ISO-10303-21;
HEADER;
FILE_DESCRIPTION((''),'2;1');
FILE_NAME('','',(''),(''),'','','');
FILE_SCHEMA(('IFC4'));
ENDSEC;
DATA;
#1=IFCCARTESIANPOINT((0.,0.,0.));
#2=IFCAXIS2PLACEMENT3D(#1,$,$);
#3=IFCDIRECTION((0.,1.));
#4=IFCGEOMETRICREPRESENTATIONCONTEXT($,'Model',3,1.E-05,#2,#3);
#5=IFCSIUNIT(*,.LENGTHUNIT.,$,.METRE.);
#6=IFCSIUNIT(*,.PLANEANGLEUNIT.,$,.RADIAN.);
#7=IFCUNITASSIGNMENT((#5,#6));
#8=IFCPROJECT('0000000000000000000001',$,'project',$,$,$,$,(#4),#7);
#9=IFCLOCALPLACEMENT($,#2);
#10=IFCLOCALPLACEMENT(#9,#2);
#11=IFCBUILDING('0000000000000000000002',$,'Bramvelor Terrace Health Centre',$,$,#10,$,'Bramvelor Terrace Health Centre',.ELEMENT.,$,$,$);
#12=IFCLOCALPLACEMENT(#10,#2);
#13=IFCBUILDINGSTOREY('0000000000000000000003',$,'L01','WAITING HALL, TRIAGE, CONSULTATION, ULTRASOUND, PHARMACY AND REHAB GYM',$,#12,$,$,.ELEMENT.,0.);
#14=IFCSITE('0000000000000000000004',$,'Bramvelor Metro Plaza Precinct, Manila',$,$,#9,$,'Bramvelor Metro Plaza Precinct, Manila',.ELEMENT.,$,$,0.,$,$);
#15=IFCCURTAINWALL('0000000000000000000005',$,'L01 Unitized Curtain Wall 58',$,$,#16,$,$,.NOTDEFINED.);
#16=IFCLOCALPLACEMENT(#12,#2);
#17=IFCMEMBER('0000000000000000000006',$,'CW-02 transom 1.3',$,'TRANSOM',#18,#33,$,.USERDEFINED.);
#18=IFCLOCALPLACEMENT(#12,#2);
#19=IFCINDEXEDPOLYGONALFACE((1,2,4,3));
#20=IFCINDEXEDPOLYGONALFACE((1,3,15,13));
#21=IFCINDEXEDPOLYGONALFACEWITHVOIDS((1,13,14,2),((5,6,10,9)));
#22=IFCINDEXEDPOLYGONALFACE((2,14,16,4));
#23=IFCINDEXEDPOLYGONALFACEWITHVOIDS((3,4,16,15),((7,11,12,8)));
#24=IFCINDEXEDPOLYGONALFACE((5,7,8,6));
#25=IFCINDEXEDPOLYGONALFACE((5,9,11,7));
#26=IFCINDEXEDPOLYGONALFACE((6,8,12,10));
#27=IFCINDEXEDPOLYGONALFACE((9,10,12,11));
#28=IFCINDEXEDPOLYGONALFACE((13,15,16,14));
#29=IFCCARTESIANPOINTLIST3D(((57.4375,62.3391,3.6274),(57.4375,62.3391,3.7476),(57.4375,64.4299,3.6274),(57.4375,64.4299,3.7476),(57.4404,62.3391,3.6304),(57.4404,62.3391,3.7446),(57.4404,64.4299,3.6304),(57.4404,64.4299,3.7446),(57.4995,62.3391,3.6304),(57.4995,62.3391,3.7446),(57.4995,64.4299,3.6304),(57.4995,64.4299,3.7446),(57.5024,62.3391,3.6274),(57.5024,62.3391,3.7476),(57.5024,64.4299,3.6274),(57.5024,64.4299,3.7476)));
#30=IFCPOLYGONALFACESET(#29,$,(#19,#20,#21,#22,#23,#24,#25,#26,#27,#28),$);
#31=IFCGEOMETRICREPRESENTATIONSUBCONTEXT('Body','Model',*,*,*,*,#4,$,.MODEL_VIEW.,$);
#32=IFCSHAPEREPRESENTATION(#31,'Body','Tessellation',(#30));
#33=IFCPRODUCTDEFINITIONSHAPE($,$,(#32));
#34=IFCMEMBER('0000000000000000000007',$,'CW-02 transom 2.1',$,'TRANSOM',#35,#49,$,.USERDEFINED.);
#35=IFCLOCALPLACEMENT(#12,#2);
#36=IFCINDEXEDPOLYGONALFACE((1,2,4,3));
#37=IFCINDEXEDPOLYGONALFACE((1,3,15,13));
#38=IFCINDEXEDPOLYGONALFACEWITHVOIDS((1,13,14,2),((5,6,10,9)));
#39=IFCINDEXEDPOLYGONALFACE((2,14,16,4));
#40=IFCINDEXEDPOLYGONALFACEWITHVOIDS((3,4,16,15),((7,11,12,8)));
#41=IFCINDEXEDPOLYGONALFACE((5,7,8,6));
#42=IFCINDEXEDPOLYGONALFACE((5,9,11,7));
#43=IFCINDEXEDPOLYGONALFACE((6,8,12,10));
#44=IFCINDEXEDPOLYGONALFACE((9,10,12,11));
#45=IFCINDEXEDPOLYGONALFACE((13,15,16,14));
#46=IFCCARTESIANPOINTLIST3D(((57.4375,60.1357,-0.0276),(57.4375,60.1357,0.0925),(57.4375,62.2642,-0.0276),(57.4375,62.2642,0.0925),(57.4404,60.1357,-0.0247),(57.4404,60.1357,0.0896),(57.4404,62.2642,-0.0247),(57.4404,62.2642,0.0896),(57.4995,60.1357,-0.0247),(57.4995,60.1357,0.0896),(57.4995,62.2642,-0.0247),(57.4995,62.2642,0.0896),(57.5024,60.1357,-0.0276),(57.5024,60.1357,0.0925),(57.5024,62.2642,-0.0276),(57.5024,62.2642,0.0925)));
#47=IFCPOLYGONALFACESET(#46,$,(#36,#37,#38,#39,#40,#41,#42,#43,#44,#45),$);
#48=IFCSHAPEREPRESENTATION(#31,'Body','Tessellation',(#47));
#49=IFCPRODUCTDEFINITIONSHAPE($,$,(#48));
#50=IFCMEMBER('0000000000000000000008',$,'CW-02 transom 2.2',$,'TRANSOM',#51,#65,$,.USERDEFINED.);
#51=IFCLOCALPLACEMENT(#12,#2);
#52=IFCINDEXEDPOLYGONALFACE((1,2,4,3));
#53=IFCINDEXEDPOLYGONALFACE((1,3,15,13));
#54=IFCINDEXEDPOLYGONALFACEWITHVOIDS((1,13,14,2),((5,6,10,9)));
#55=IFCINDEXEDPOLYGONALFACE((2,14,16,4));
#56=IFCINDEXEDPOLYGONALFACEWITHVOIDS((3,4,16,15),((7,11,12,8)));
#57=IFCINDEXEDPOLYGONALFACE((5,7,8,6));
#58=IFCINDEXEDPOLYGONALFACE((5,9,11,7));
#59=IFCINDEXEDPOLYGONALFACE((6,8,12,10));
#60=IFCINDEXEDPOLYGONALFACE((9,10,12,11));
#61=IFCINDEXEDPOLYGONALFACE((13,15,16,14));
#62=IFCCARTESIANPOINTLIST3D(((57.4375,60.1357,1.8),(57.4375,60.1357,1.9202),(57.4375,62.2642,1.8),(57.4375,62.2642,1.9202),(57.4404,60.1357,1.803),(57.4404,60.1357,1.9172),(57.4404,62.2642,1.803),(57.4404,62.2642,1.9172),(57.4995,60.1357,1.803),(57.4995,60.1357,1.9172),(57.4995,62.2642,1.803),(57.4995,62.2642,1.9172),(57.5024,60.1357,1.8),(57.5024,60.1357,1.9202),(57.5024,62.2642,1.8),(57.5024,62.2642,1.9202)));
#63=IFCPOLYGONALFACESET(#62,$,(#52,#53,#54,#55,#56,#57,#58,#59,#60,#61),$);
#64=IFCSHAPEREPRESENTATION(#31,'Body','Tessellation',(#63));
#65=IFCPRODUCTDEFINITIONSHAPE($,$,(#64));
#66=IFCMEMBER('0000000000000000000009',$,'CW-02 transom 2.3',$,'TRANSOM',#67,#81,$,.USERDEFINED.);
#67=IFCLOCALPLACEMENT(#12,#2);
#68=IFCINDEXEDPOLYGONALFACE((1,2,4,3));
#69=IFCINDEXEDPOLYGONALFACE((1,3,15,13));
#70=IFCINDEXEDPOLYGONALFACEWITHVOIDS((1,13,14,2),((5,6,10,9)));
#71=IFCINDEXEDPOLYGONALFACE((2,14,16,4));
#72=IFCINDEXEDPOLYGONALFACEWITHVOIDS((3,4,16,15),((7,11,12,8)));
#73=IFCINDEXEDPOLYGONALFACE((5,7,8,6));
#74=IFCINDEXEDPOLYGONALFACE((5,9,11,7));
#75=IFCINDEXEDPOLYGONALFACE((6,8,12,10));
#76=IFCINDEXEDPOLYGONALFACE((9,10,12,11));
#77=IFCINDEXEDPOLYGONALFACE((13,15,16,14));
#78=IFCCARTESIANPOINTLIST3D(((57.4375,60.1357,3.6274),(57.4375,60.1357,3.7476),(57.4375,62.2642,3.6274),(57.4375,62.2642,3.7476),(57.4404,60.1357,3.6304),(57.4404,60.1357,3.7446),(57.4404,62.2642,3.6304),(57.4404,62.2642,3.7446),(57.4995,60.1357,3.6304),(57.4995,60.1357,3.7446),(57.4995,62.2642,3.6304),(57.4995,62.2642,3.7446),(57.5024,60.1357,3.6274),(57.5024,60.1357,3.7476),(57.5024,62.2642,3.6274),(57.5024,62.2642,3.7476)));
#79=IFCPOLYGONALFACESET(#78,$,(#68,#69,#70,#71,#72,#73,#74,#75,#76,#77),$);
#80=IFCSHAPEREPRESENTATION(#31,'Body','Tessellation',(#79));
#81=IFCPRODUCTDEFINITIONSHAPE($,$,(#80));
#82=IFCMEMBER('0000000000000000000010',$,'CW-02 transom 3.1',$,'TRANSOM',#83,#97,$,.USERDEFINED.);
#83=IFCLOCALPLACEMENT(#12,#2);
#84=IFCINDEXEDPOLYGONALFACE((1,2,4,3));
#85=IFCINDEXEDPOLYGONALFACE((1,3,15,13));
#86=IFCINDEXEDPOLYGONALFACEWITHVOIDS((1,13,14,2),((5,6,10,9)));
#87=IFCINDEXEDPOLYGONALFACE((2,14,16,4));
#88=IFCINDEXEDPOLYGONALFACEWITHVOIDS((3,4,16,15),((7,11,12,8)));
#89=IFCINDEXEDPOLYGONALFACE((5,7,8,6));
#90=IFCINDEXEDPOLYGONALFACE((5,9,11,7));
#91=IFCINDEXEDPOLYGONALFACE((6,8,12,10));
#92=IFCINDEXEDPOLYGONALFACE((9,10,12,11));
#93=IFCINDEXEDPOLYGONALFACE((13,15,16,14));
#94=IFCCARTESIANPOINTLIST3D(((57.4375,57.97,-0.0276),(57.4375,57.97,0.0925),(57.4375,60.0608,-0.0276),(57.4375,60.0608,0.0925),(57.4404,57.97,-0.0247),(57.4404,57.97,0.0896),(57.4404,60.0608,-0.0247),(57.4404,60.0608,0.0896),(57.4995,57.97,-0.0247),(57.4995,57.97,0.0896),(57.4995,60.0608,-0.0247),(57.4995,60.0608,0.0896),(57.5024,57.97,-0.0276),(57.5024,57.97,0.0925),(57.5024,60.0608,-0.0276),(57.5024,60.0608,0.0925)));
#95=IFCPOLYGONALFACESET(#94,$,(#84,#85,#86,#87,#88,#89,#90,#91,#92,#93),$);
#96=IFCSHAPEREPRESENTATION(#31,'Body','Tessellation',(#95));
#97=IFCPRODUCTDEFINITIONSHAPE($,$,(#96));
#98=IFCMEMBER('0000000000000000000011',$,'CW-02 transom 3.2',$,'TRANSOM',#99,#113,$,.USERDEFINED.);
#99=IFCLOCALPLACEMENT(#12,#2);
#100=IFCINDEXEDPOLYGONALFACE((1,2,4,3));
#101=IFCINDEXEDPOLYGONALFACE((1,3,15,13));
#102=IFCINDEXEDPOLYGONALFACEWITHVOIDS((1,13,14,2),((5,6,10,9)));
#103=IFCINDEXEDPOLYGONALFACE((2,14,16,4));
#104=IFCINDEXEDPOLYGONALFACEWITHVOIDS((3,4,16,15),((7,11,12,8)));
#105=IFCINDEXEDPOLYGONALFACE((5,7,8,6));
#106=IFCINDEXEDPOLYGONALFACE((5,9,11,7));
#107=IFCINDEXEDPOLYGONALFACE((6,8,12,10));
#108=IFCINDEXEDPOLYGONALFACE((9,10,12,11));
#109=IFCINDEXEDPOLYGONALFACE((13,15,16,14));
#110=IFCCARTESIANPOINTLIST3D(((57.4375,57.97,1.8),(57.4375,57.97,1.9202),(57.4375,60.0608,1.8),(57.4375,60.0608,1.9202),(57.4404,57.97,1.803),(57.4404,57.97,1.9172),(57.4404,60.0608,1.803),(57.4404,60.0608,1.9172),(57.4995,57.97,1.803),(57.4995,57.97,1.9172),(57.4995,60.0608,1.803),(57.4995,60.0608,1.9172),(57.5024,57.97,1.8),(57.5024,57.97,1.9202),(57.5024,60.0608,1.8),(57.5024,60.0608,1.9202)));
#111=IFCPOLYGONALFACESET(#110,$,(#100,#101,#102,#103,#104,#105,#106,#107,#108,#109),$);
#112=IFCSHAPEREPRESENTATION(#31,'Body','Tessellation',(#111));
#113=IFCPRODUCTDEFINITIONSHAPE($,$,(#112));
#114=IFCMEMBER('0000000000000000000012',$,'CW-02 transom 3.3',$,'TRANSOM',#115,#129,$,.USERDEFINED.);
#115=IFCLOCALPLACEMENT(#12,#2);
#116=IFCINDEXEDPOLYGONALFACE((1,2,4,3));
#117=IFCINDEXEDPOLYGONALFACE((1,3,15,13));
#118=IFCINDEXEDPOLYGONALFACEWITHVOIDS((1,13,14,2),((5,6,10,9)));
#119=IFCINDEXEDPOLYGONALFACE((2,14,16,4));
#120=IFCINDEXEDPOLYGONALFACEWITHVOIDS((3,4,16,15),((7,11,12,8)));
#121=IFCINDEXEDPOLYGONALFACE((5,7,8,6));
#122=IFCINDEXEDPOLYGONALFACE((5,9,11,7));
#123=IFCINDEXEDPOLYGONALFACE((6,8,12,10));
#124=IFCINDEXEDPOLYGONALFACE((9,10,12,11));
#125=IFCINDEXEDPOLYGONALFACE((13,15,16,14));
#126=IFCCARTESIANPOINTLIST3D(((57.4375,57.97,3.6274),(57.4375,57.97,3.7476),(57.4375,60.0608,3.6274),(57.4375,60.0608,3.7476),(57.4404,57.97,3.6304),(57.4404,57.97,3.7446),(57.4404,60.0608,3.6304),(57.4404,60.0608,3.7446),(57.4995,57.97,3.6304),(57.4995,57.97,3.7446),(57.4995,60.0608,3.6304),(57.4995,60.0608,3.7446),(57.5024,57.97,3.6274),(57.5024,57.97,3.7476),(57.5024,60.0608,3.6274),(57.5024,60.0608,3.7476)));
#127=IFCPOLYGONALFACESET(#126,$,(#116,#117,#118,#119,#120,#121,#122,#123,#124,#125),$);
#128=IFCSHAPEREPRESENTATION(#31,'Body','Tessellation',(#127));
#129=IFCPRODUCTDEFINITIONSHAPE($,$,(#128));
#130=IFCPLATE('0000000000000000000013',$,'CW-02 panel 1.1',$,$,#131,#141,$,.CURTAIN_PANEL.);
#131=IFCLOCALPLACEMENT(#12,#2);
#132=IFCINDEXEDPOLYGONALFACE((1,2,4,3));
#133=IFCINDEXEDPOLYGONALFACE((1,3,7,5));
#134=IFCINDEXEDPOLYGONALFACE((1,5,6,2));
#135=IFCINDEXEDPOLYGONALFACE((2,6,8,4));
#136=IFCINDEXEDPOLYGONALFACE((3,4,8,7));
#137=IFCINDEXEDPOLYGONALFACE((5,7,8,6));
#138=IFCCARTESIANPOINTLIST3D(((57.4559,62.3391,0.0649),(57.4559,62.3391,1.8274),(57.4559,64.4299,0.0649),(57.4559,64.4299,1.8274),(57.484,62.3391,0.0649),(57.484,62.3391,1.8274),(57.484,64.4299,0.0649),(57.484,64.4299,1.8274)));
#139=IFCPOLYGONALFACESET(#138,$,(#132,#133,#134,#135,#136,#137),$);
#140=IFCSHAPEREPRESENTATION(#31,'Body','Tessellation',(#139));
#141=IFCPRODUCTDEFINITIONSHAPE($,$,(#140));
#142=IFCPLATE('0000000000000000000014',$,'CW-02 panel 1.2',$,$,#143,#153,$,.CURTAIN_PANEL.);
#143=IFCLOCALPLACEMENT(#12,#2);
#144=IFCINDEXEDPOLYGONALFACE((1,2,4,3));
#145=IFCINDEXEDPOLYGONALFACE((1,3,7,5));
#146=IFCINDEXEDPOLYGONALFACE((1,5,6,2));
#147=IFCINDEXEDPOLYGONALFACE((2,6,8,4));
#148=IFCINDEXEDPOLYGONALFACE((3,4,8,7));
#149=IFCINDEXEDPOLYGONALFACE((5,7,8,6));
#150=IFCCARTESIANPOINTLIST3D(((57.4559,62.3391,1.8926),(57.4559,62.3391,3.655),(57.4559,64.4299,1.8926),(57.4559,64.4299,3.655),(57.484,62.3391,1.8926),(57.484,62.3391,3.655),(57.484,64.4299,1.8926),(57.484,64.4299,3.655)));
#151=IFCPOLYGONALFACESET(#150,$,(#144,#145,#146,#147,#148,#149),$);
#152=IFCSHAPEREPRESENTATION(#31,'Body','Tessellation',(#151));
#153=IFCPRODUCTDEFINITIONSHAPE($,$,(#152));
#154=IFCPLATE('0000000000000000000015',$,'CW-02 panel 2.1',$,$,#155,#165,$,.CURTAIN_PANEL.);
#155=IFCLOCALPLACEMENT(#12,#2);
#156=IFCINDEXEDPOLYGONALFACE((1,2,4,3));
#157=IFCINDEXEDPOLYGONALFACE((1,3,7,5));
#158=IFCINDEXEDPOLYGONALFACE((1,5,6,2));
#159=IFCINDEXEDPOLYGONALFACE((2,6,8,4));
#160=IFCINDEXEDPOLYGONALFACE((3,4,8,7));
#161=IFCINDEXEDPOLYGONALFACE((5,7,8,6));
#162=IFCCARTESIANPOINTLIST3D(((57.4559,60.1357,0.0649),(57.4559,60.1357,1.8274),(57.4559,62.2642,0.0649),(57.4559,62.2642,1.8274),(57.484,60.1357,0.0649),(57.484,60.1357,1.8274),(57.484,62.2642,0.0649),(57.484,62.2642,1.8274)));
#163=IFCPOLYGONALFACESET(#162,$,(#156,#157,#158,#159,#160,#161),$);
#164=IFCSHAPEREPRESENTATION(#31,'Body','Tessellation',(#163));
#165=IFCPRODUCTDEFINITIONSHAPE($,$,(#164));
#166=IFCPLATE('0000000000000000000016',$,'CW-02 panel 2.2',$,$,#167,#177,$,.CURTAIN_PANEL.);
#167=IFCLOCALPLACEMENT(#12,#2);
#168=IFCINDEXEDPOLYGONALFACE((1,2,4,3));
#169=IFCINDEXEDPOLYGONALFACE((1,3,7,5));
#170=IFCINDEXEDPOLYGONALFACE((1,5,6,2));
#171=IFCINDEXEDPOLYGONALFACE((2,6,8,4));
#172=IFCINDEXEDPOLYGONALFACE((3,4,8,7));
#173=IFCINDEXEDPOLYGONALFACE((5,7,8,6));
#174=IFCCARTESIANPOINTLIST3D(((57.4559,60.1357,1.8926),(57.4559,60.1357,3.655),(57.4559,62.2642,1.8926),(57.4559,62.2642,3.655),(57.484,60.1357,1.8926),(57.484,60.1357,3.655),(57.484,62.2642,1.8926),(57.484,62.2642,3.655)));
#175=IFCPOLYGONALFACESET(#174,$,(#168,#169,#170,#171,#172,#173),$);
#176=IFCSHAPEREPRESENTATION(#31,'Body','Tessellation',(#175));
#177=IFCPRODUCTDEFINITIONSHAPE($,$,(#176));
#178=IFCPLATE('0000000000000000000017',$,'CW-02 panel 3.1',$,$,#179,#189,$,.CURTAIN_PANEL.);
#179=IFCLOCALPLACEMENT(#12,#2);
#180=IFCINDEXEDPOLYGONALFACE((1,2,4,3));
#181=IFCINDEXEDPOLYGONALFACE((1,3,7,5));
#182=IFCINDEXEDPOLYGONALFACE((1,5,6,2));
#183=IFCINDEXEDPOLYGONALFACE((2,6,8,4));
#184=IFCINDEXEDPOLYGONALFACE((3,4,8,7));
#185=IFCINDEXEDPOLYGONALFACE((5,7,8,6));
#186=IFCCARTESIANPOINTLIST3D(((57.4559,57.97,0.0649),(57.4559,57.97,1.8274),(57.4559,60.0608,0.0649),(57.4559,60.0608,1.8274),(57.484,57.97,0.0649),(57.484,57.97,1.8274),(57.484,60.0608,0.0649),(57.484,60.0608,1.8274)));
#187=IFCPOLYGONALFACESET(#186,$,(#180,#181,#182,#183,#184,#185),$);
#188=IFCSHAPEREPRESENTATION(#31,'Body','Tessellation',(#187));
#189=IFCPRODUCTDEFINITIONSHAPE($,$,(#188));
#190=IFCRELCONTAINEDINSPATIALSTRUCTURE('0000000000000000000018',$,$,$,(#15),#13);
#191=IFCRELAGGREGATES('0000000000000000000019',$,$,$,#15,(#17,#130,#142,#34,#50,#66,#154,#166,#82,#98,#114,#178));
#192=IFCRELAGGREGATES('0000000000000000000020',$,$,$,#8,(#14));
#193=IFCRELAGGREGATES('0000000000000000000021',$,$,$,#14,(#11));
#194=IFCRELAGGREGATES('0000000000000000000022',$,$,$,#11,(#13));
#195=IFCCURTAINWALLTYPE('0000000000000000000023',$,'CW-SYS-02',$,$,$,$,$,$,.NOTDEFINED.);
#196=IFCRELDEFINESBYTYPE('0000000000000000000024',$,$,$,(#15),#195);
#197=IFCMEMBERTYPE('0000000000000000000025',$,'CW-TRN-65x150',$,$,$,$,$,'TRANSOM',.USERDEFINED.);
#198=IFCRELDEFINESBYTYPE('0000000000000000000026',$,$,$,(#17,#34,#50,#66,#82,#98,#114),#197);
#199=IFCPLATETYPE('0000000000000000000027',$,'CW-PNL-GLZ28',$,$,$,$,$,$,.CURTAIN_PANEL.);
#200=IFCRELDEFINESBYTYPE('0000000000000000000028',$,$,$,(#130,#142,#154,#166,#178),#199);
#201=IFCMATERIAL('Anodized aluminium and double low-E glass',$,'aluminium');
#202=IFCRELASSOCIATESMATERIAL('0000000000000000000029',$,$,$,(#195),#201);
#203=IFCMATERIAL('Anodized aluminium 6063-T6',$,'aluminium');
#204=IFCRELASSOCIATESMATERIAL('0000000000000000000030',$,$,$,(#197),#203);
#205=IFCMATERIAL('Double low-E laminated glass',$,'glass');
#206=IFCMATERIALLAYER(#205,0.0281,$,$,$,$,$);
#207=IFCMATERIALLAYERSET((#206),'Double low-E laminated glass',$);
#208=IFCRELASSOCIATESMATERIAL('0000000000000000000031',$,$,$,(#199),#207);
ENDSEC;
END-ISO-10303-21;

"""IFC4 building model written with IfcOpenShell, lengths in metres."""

from ifc_helpers import new_model, si_unit, direction, frame, origin, origin_2d, place, context, subcontext, project, spatial, rectangle, hollow_rectangle, extrude, material, layer, layer_set, material_profile, profile_set, type_object, element, aggregate, save


model = new_model("IFC4")

# Units and contexts
model_context = context("Model", 3, precision=1e-05, world=origin(), true_north=direction((0.0, 1.0)))
body_context = subcontext(model_context, "Body", "Model", "MODEL_VIEW")
ifc_project = project(units=[si_unit("LENGTHUNIT", "METRE"), si_unit("PLANEANGLEUNIT", "RADIAN")], contexts=[model_context])

# Site, building, storey
site_placement = place(None, origin())
site = spatial("IfcSite", under=ifc_project, at=site_placement, Name="Bramvelor Metro Plaza Precinct, Manila", LongName="Bramvelor Metro Plaza Precinct, Manila", CompositionType="ELEMENT", RefElevation=0.0)
building_placement = place(site_placement, origin())
building = spatial("IfcBuilding", under=site, at=building_placement, Name="Bramvelor Terrace Health Centre", LongName="Bramvelor Terrace Health Centre", CompositionType="ELEMENT")
storey_placement = place(building_placement, origin())
storey = spatial("IfcBuildingStorey", under=building, at=storey_placement, Name="L01", Description="WAITING HALL, TRIAGE, CONSULTATION, ULTRASOUND, PHARMACY AND REHAB GYM", CompositionType="ELEMENT", Elevation=0.0)

# Curtain wall, members, plates
ifc_material_1 = material(Name="Anodized aluminium and double low-E glass", Category="aluminium")
curtain_wall_type = type_object("IfcCurtainWallType", Name="CW-SYS-02", PredefinedType="NOTDEFINED", material=ifc_material_1)
curtain_wall_placement = place(storey_placement, origin())
curtain_wall = element("IfcCurtainWall", 1, at=curtain_wall_placement, inside=storey, type_object=curtain_wall_type, Name="L01 Unitized Curtain Wall 58", PredefinedType="NOTDEFINED")
ifc_material_2 = material(Name="Anodized aluminium 6063-T6", Category="aluminium")
ifc_material_profile_1 = material_profile(ifc_material_2, hollow_rectangle(XDim=0.0649, YDim=0.1201, WallThickness=0.0029, at=origin_2d()), Name="ALU-TRN 65x120x3.0")
ifc_profile_set_1 = profile_set([ifc_material_profile_1], Name="Anodized aluminium 6063-T6")
member_type_1 = type_object("IfcMemberType", Name="CW-TRN-65x150", ElementType="TRANSOM", PredefinedType="USERDEFINED", material=ifc_profile_set_1)
member_1_placement = place(storey_placement, frame((57.47, 64.4299, 3.6875), z_axis=(0.0, -1.0, 0.0), x_axis=(1.0, 0.0, 0.0)))
member_1 = element("IfcMember", 2, at=member_1_placement, type_object=member_type_1, Name="CW-02 transom 1.3", ObjectType="TRANSOM", PredefinedType="USERDEFINED", context=body_context, shape_type="SweptSolid", body=[
    extrude(hollow_rectangle(XDim=0.0649, YDim=0.1201, WallThickness=0.0029, at=origin_2d()), origin(), (0.0, 0.0, 1.0), 2.0908),
])
member_2_placement = place(storey_placement, frame((57.47, 62.2642, 0.0325), z_axis=(0.0, -1.0, 0.0), x_axis=(1.0, 0.0, 0.0)))
member_2 = element("IfcMember", 3, at=member_2_placement, type_object=member_type_1, Name="CW-02 transom 2.1", ObjectType="TRANSOM", PredefinedType="USERDEFINED", context=body_context, shape_type="SweptSolid", body=[
    extrude(hollow_rectangle(XDim=0.0649, YDim=0.1201, WallThickness=0.0029, at=origin_2d()), origin(), (0.0, 0.0, 1.0), 2.1284),
])
member_3_placement = place(storey_placement, frame((57.47, 62.2642, 1.8601), z_axis=(0.0, -1.0, 0.0), x_axis=(1.0, 0.0, 0.0)))
member_3 = element("IfcMember", 4, at=member_3_placement, type_object=member_type_1, Name="CW-02 transom 2.2", ObjectType="TRANSOM", PredefinedType="USERDEFINED", context=body_context, shape_type="SweptSolid", body=[
    extrude(hollow_rectangle(XDim=0.0649, YDim=0.1201, WallThickness=0.0029, at=origin_2d()), origin(), (0.0, 0.0, 1.0), 2.1284),
])
member_4_placement = place(storey_placement, frame((57.47, 62.2642, 3.6875), z_axis=(0.0, -1.0, 0.0), x_axis=(1.0, 0.0, 0.0)))
member_4 = element("IfcMember", 5, at=member_4_placement, type_object=member_type_1, Name="CW-02 transom 2.3", ObjectType="TRANSOM", PredefinedType="USERDEFINED", context=body_context, shape_type="SweptSolid", body=[
    extrude(hollow_rectangle(XDim=0.0649, YDim=0.1201, WallThickness=0.0029, at=origin_2d()), origin(), (0.0, 0.0, 1.0), 2.1284),
])
member_5_placement = place(storey_placement, frame((57.47, 60.0608, 0.0325), z_axis=(0.0, -1.0, 0.0), x_axis=(1.0, 0.0, 0.0)))
member_5 = element("IfcMember", 6, at=member_5_placement, type_object=member_type_1, Name="CW-02 transom 3.1", ObjectType="TRANSOM", PredefinedType="USERDEFINED", context=body_context, shape_type="SweptSolid", body=[
    extrude(hollow_rectangle(XDim=0.0649, YDim=0.1201, WallThickness=0.0029, at=origin_2d()), origin(), (0.0, 0.0, 1.0), 2.0908),
])
member_6_placement = place(storey_placement, frame((57.47, 60.0608, 1.8601), z_axis=(0.0, -1.0, 0.0), x_axis=(1.0, 0.0, 0.0)))
member_6 = element("IfcMember", 7, at=member_6_placement, type_object=member_type_1, Name="CW-02 transom 3.2", ObjectType="TRANSOM", PredefinedType="USERDEFINED", context=body_context, shape_type="SweptSolid", body=[
    extrude(hollow_rectangle(XDim=0.0649, YDim=0.1201, WallThickness=0.0029, at=origin_2d()), origin(), (0.0, 0.0, 1.0), 2.0908),
])
member_7_placement = place(storey_placement, frame((57.47, 60.0608, 3.6875), z_axis=(0.0, -1.0, 0.0), x_axis=(1.0, 0.0, 0.0)))
member_7 = element("IfcMember", 8, at=member_7_placement, type_object=member_type_1, Name="CW-02 transom 3.3", ObjectType="TRANSOM", PredefinedType="USERDEFINED", context=body_context, shape_type="SweptSolid", body=[
    extrude(hollow_rectangle(XDim=0.0649, YDim=0.1201, WallThickness=0.0029, at=origin_2d()), origin(), (0.0, 0.0, 1.0), 2.0908),
])
ifc_material_3 = material(Name="Double low-E laminated glass", Category="glass")
ifc_layer = layer(ifc_material_3, 0.0281)
ifc_layer_set = layer_set([ifc_layer], Name="Double low-E laminated glass")
plate_type = type_object("IfcPlateType", Name="CW-PNL-GLZ28", PredefinedType="CURTAIN_PANEL", material=ifc_layer_set)
plate_1_placement = place(storey_placement, frame((57.47, 63.3845, 0.0649), z_axis=(0.0, 0.0, 1.0), x_axis=(0.0, -1.0, 0.0)))
plate_1 = element("IfcPlate", 9, at=plate_1_placement, type_object=plate_type, Name="CW-02 panel 1.1", PredefinedType="CURTAIN_PANEL", context=body_context, shape_type="SweptSolid", body=[
    extrude(rectangle(XDim=2.0908, YDim=0.0281, at=origin_2d()), origin(), (0.0, 0.0, 1.0), 1.7625),
])
plate_2_placement = place(storey_placement, frame((57.47, 63.3845, 1.8926), z_axis=(0.0, 0.0, 1.0), x_axis=(0.0, -1.0, 0.0)))
plate_2 = element("IfcPlate", 10, at=plate_2_placement, type_object=plate_type, Name="CW-02 panel 1.2", PredefinedType="CURTAIN_PANEL", context=body_context, shape_type="SweptSolid", body=[
    extrude(rectangle(XDim=2.0908, YDim=0.0281, at=origin_2d()), origin(), (0.0, 0.0, 1.0), 1.7625),
])
plate_3_placement = place(storey_placement, frame((57.47, 61.2, 0.0649), z_axis=(0.0, 0.0, 1.0), x_axis=(0.0, -1.0, 0.0)))
plate_3 = element("IfcPlate", 11, at=plate_3_placement, type_object=plate_type, Name="CW-02 panel 2.1", PredefinedType="CURTAIN_PANEL", context=body_context, shape_type="SweptSolid", body=[
    extrude(rectangle(XDim=2.1284, YDim=0.0281, at=origin_2d()), origin(), (0.0, 0.0, 1.0), 1.7625),
])
plate_4_placement = place(storey_placement, frame((57.47, 61.2, 1.8926), z_axis=(0.0, 0.0, 1.0), x_axis=(0.0, -1.0, 0.0)))
plate_4 = element("IfcPlate", 12, at=plate_4_placement, type_object=plate_type, Name="CW-02 panel 2.2", PredefinedType="CURTAIN_PANEL", context=body_context, shape_type="SweptSolid", body=[
    extrude(rectangle(XDim=2.1284, YDim=0.0281, at=origin_2d()), origin(), (0.0, 0.0, 1.0), 1.7625),
])
plate_5_placement = place(storey_placement, frame((57.47, 59.0154, 0.0649), z_axis=(0.0, 0.0, 1.0), x_axis=(0.0, -1.0, 0.0)))
plate_5 = element("IfcPlate", 13, at=plate_5_placement, type_object=plate_type, Name="CW-02 panel 3.1", PredefinedType="CURTAIN_PANEL", context=body_context, shape_type="SweptSolid", body=[
    extrude(rectangle(XDim=2.0908, YDim=0.0281, at=origin_2d()), origin(), (0.0, 0.0, 1.0), 1.7625),
])
aggregate(curtain_wall, [member_1, plate_1, plate_2, member_2, member_3, member_4, plate_3, plate_4, member_5, member_6, member_7, plate_5])

save(model, "model.ifc")
